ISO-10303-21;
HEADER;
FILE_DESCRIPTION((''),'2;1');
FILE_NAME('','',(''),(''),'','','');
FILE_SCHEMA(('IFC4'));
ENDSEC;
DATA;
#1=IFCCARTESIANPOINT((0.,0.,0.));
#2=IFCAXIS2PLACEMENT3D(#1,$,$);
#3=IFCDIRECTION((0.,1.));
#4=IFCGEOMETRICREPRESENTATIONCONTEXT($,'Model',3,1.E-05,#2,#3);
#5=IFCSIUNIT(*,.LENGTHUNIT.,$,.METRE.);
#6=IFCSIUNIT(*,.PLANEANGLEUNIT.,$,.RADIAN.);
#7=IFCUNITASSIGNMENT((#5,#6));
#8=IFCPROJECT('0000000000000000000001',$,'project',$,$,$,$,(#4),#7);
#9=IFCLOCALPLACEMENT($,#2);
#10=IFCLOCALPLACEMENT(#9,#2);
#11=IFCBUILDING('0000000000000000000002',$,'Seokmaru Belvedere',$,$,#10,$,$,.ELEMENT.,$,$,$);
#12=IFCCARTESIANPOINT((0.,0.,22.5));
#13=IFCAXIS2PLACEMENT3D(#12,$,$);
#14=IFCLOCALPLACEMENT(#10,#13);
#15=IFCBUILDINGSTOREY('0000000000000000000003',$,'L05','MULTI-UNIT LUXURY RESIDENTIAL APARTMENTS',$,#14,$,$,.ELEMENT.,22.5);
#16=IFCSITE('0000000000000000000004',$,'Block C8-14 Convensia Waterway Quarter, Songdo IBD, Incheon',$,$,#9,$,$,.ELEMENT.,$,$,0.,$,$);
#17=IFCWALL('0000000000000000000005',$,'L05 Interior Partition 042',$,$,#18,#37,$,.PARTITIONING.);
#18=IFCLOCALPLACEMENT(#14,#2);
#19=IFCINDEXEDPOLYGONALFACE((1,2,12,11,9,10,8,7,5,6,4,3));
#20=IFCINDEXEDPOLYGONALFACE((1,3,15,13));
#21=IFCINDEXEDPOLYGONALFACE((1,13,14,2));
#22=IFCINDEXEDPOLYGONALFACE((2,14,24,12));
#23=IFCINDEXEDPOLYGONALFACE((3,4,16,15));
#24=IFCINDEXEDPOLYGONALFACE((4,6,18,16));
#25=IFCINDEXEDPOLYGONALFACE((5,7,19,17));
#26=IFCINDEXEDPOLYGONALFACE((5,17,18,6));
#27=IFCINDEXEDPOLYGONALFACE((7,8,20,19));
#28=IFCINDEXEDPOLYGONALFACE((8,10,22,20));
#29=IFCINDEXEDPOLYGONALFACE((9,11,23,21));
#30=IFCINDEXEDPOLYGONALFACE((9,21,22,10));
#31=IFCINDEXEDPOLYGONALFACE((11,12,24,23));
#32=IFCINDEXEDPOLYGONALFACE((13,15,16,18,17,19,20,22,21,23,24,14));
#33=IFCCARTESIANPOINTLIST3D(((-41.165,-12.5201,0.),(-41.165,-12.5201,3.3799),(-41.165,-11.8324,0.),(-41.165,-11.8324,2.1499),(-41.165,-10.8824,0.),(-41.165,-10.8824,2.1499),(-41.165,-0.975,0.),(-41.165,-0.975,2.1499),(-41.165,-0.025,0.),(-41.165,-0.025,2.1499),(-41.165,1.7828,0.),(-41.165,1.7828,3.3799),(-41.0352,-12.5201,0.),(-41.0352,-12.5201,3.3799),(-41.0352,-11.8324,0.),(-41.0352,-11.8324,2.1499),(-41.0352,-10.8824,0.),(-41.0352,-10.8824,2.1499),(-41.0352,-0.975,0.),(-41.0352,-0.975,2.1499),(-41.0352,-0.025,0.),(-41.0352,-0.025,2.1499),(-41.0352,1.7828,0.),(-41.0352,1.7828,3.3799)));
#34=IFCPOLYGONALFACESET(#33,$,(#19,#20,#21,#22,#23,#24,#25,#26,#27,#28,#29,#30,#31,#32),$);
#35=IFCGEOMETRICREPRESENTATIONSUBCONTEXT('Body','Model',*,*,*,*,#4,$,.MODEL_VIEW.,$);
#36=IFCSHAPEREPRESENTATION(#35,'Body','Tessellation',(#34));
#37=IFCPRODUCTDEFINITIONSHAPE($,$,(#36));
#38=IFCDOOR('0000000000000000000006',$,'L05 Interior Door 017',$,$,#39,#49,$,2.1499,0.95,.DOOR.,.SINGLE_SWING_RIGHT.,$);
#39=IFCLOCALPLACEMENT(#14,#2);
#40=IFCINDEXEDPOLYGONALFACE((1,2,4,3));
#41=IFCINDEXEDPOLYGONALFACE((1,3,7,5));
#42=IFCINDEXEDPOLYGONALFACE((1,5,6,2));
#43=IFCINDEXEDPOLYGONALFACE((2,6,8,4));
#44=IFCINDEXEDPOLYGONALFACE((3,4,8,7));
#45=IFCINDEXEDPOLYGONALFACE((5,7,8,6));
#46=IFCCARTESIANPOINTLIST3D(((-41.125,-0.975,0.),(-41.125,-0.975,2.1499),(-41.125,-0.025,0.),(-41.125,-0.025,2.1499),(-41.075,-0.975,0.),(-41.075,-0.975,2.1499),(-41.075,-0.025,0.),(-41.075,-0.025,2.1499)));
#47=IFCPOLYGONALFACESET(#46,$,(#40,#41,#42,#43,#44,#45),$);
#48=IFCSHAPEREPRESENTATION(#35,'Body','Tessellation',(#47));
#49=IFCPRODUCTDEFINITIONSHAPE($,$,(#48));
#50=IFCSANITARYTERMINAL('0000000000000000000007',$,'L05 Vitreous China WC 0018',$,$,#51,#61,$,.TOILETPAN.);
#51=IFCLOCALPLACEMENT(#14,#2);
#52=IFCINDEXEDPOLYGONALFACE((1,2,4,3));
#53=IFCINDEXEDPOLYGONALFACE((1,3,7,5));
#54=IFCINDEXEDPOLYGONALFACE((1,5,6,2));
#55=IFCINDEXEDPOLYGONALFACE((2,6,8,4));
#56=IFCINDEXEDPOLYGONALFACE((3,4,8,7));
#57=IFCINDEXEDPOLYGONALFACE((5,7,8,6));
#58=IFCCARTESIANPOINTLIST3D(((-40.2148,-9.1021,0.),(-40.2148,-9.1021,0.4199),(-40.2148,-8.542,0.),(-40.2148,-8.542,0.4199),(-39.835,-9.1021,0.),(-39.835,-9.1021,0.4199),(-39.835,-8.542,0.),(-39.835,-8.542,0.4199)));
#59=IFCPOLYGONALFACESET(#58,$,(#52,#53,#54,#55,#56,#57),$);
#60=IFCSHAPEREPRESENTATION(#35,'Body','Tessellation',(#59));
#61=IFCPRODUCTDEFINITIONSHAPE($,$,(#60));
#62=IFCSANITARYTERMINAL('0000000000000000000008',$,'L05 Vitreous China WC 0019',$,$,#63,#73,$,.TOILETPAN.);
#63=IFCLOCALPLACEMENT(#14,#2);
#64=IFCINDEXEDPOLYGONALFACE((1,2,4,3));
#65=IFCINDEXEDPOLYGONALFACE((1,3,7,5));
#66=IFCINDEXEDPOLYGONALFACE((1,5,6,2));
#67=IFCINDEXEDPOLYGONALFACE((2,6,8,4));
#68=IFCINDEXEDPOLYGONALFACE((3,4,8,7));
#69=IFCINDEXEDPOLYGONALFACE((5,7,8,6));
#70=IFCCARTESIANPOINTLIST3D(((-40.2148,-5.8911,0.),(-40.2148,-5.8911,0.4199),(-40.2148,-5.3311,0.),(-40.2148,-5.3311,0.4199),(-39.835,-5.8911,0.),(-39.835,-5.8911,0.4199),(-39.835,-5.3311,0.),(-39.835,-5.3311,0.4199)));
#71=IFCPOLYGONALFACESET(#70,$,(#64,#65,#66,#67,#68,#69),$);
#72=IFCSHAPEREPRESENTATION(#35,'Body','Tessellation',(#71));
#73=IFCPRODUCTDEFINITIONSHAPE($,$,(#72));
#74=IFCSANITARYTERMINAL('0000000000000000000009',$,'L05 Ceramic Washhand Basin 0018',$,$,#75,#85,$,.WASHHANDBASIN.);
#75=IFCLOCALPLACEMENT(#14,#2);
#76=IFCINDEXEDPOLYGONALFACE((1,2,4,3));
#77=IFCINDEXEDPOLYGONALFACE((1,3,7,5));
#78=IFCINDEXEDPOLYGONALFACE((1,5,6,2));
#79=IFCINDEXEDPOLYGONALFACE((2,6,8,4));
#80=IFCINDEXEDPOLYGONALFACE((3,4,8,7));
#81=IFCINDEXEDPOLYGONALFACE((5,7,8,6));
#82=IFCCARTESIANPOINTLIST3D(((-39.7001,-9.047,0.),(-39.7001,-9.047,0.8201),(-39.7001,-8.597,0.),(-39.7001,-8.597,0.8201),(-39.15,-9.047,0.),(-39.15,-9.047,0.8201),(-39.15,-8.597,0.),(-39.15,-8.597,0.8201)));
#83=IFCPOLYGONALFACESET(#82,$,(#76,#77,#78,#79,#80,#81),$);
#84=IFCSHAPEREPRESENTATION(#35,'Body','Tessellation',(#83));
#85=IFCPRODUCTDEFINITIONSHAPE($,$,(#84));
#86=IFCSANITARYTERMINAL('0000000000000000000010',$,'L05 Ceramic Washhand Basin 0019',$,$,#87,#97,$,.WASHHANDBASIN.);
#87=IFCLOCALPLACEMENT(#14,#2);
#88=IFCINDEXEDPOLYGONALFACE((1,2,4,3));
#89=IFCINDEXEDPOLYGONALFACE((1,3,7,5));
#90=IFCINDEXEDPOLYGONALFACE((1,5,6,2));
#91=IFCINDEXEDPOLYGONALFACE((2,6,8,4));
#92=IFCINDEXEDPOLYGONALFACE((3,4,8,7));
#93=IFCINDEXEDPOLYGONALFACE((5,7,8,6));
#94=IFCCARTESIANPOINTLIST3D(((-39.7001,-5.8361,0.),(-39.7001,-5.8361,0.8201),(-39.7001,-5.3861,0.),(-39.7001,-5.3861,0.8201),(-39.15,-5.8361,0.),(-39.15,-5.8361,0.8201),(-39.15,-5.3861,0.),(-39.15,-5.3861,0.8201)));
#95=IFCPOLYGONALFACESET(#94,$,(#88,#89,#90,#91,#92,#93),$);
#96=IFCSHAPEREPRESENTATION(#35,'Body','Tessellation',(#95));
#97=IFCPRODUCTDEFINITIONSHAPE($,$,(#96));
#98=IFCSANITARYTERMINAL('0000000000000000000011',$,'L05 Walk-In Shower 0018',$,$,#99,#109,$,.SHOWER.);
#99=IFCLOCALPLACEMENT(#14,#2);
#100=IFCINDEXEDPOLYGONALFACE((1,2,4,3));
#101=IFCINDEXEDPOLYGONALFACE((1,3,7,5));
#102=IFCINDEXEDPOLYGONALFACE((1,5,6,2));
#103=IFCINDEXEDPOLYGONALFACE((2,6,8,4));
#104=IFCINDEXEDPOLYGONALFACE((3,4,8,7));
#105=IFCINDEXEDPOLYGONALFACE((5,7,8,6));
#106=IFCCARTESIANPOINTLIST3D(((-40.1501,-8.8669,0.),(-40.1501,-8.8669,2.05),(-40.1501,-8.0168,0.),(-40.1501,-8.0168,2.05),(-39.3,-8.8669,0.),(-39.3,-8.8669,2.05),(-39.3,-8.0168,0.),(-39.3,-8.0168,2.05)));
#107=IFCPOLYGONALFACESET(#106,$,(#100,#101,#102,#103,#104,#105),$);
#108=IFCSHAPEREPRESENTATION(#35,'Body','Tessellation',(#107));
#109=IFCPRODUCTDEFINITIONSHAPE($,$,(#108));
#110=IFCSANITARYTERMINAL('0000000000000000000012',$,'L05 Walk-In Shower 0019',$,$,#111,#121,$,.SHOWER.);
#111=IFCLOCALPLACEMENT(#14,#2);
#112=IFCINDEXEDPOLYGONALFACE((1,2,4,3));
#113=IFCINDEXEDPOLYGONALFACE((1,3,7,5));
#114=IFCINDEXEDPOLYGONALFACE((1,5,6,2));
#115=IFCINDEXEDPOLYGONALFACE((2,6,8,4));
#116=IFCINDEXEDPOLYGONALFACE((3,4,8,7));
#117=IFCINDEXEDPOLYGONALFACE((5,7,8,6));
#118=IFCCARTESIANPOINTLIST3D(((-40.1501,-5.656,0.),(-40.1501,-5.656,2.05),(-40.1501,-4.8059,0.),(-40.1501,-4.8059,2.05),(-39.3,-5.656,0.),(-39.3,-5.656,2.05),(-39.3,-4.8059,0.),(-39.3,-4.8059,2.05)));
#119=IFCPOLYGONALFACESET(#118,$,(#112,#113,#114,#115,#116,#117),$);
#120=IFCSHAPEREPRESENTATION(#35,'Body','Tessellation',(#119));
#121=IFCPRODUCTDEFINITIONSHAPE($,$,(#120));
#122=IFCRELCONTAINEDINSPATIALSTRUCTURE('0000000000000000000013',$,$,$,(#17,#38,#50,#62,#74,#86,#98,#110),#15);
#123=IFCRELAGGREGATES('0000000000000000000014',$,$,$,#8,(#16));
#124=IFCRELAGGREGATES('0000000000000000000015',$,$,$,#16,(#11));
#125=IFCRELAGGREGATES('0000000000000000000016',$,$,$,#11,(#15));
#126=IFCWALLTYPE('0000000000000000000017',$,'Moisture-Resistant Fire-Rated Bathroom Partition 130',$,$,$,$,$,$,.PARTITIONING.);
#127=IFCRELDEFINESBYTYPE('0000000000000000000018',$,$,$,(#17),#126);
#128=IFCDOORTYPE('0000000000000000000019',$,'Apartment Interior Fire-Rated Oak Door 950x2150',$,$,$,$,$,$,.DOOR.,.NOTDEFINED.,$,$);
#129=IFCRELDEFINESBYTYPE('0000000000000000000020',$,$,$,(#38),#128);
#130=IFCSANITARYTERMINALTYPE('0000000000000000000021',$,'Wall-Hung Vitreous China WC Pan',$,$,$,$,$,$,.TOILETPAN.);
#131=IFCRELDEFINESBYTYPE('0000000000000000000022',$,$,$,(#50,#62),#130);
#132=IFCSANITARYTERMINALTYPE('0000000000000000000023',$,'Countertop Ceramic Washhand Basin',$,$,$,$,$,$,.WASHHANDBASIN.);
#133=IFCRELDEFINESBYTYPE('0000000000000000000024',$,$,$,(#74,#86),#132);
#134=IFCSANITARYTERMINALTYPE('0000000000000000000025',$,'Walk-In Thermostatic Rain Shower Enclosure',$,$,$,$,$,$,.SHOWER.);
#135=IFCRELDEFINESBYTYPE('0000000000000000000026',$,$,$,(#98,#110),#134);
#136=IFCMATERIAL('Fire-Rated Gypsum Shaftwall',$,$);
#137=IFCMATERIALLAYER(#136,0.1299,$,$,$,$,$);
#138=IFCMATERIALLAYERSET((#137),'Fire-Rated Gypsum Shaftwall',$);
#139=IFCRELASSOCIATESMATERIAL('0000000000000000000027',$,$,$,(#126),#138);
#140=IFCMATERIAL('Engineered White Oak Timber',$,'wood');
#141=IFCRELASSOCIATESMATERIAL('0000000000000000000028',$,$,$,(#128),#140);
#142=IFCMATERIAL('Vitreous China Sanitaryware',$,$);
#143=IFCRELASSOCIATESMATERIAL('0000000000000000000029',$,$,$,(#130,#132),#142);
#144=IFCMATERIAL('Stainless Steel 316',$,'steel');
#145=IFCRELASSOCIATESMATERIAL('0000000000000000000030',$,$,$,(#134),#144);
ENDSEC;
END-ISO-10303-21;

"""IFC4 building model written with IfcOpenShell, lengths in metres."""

from ifc_helpers import new_model, si_unit, direction, frame, frame_2d, origin, origin_2d, place, context, subcontext, project, spatial, rectangle, extrude, source, transform, mapped, material, layer, layer_set, type_object, type_shapes, element, fill, save


model = new_model("IFC4")

# Units and contexts
model_context = context("Model", 3, precision=1e-05, world=origin(), true_north=direction((0.0, 1.0)))
body_context = subcontext(model_context, "Body", "Model", "MODEL_VIEW")
ifc_project = project(units=[si_unit("LENGTHUNIT", "METRE"), si_unit("PLANEANGLEUNIT", "RADIAN")], contexts=[model_context])

# Site, building, storey
site_placement = place(None, origin())
site = spatial("IfcSite", under=ifc_project, at=site_placement, Name="Block C8-14 Convensia Waterway Quarter, Songdo IBD, Incheon", CompositionType="ELEMENT", RefElevation=0.0)
building_placement = place(site_placement, origin())
building = spatial("IfcBuilding", under=site, at=building_placement, Name="Seokmaru Belvedere", CompositionType="ELEMENT")
storey_placement = place(building_placement, frame((0.0, 0.0, 22.5)))
storey = spatial("IfcBuildingStorey", under=building, at=storey_placement, Name="L05", Description="MULTI-UNIT LUXURY RESIDENTIAL APARTMENTS", CompositionType="ELEMENT", Elevation=22.5)

# Shared definitions
ifc_material_1 = material(Name="Fire-Rated Gypsum Shaftwall")

# Shared definitions
ifc_layer_1 = layer(ifc_material_1, 0.1299)
ifc_layer_set_1 = layer_set([ifc_layer_1], Name="Fire-Rated Gypsum Shaftwall")
wall_type_1 = type_object("IfcWallType", Name="Moisture-Resistant Fire-Rated Bathroom Partition 130", PredefinedType="PARTITIONING", material=ifc_layer_set_1)
ifc_material_2 = material(Name="Engineered White Oak Timber", Category="wood")

# Wall, openings, door
wall_1_placement = place(storey_placement, frame((-41.1001, -12.52, 0.0), z_axis=(0.0, 0.0, 1.0), x_axis=(0.0, 1.0, 0.0)))
wall_1 = element("IfcWall", 1, at=wall_1_placement, inside=storey, type_object=wall_type_1, Name="L05 Interior Partition 042", PredefinedType="PARTITIONING", context=body_context, shape_type="SweptSolid", body=[
    extrude(rectangle(XDim=14.303, YDim=0.1299, at=frame_2d((7.1514, 0.0))), origin(), (0.0, 0.0, 1.0), 3.3799),
])
opening_1_placement = place(wall_1_placement, frame((0.6875, 0.0, 0.0)))
element("IfcOpeningElement", 2, at=opening_1_placement, cuts=wall_1, PredefinedType="OPENING", context=body_context, shape_type="SweptSolid", body=[
    extrude(rectangle(XDim=0.95, YDim=2.1499, at=frame_2d((0.4751, 1.075))), frame((0.0, 0.075, 0.0), z_axis=(0.0, -1.0, 0.0), x_axis=(1.0, 0.0, 0.0)), (0.0, 0.0, 1.0), 0.1499),
])
opening_2_placement = place(wall_1_placement, frame((11.5449, 0.0, 0.0)))
opening_2 = element("IfcOpeningElement", 3, at=opening_2_placement, cuts=wall_1, PredefinedType="OPENING", context=body_context, shape_type="SweptSolid", body=[
    extrude(rectangle(XDim=0.95, YDim=2.1499, at=frame_2d((0.4751, 1.075))), frame((0.0, 0.075, 0.0), z_axis=(0.0, -1.0, 0.0), x_axis=(1.0, 0.0, 0.0)), (0.0, 0.0, 1.0), 0.1499),
])
door_type_1 = type_object("IfcDoorType", Name="Apartment Interior Fire-Rated Oak Door 950x2150", OperationType="NOTDEFINED", PredefinedType="DOOR", material=ifc_material_2)
shared_shape_1 = source(origin(), body_context, "Body", "SweptSolid", [
    extrude(rectangle(XDim=0.95, YDim=2.1499, at=frame_2d((0.4751, 1.075))), frame((0.0, 0.0249, 0.0), z_axis=(0.0, -1.0, 0.0), x_axis=(1.0, 0.0, 0.0)), (0.0, 0.0, 1.0), 0.05),
])
type_shapes(door_type_1, [shared_shape_1])
door_1_placement = place(opening_2_placement, origin())
door_1 = element("IfcDoor", 4, at=door_1_placement, inside=storey, type_object=door_type_1, Name="L05 Interior Door 017", OperationType="SINGLE_SWING_RIGHT", OverallHeight=2.1499, OverallWidth=0.95, PredefinedType="DOOR", context=body_context, shape_type="MappedRepresentation", body=[
    mapped(shared_shape_1, transform((0.0, 0.0, 0.0), scale=1.0)),
])
fill(opening_2, door_1)

# Sanitary terminals
ifc_material_3 = material(Name="Vitreous China Sanitaryware")
sanitary_terminal_type_1 = type_object("IfcSanitaryTerminalType", Name="Wall-Hung Vitreous China WC Pan", PredefinedType="TOILETPAN", material=ifc_material_3)
shared_shape_2 = source(origin(), body_context, "Body", "SweptSolid", [
    extrude(rectangle(XDim=0.3799, YDim=0.5601, at=origin_2d()), origin(), (0.0, 0.0, 1.0), 0.4199),
])
type_shapes(sanitary_terminal_type_1, [shared_shape_2])
for number, where, z_axis, x_axis, name in (
    (5, (-40.0249, -8.822, 0.0), (0.0, 0.0, 1.0), (1.0, 0.0, 0.0), "L05 Vitreous China WC 0018"),
    (6, (-40.0249, -5.6111, 0.0), (0.0, 0.0, 1.0), (1.0, 0.0, 0.0), "L05 Vitreous China WC 0019"),
):
    element("IfcSanitaryTerminal", number, at=place(storey_placement, frame(where, z_axis=z_axis, x_axis=x_axis)), inside=storey, type_object=sanitary_terminal_type_1, Name=name, PredefinedType="TOILETPAN", context=body_context, shape_type="MappedRepresentation", body=[
        mapped(shared_shape_2, transform((0.0, 0.0, 0.0), scale=1.0)),
    ])
sanitary_terminal_type_2 = type_object("IfcSanitaryTerminalType", Name="Countertop Ceramic Washhand Basin", PredefinedType="WASHHANDBASIN", material=ifc_material_3)
shared_shape_3 = source(origin(), body_context, "Body", "SweptSolid", [
    extrude(rectangle(XDim=0.55, YDim=0.45, at=origin_2d()), origin(), (0.0, 0.0, 1.0), 0.8201),
])
type_shapes(sanitary_terminal_type_2, [shared_shape_3])
for number, where, z_axis, x_axis, name in (
    (7, (-39.425, -8.822, 0.0), (0.0, 0.0, 1.0), (1.0, 0.0, 0.0), "L05 Ceramic Washhand Basin 0018"),
    (8, (-39.425, -5.6111, 0.0), (0.0, 0.0, 1.0), (1.0, 0.0, 0.0), "L05 Ceramic Washhand Basin 0019"),
):
    element("IfcSanitaryTerminal", number, at=place(storey_placement, frame(where, z_axis=z_axis, x_axis=x_axis)), inside=storey, type_object=sanitary_terminal_type_2, Name=name, PredefinedType="WASHHANDBASIN", context=body_context, shape_type="MappedRepresentation", body=[
        mapped(shared_shape_3, transform((0.0, 0.0, 0.0), scale=1.0)),
    ])
ifc_material_4 = material(Name="Stainless Steel 316", Category="steel")
sanitary_terminal_type_3 = type_object("IfcSanitaryTerminalType", Name="Walk-In Thermostatic Rain Shower Enclosure", PredefinedType="SHOWER", material=ifc_material_4)
shared_shape_4 = source(origin(), body_context, "Body", "SweptSolid", [
    extrude(rectangle(XDim=0.8501, YDim=0.8501, at=origin_2d()), origin(), (0.0, 0.0, 1.0), 2.05),
])
type_shapes(sanitary_terminal_type_3, [shared_shape_4])
for number, where, z_axis, x_axis, name in (
    (9, (-39.7251, -8.4419, 0.0), (0.0, 0.0, 1.0), (1.0, 0.0, 0.0), "L05 Walk-In Shower 0018"),
    (10, (-39.7251, -5.231, 0.0), (0.0, 0.0, 1.0), (1.0, 0.0, 0.0), "L05 Walk-In Shower 0019"),
):
    element("IfcSanitaryTerminal", number, at=place(storey_placement, frame(where, z_axis=z_axis, x_axis=x_axis)), inside=storey, type_object=sanitary_terminal_type_3, Name=name, PredefinedType="SHOWER", context=body_context, shape_type="MappedRepresentation", body=[
        mapped(shared_shape_4, transform((0.0, 0.0, 0.0), scale=1.0)),
    ])

save(model, "model.ifc")
